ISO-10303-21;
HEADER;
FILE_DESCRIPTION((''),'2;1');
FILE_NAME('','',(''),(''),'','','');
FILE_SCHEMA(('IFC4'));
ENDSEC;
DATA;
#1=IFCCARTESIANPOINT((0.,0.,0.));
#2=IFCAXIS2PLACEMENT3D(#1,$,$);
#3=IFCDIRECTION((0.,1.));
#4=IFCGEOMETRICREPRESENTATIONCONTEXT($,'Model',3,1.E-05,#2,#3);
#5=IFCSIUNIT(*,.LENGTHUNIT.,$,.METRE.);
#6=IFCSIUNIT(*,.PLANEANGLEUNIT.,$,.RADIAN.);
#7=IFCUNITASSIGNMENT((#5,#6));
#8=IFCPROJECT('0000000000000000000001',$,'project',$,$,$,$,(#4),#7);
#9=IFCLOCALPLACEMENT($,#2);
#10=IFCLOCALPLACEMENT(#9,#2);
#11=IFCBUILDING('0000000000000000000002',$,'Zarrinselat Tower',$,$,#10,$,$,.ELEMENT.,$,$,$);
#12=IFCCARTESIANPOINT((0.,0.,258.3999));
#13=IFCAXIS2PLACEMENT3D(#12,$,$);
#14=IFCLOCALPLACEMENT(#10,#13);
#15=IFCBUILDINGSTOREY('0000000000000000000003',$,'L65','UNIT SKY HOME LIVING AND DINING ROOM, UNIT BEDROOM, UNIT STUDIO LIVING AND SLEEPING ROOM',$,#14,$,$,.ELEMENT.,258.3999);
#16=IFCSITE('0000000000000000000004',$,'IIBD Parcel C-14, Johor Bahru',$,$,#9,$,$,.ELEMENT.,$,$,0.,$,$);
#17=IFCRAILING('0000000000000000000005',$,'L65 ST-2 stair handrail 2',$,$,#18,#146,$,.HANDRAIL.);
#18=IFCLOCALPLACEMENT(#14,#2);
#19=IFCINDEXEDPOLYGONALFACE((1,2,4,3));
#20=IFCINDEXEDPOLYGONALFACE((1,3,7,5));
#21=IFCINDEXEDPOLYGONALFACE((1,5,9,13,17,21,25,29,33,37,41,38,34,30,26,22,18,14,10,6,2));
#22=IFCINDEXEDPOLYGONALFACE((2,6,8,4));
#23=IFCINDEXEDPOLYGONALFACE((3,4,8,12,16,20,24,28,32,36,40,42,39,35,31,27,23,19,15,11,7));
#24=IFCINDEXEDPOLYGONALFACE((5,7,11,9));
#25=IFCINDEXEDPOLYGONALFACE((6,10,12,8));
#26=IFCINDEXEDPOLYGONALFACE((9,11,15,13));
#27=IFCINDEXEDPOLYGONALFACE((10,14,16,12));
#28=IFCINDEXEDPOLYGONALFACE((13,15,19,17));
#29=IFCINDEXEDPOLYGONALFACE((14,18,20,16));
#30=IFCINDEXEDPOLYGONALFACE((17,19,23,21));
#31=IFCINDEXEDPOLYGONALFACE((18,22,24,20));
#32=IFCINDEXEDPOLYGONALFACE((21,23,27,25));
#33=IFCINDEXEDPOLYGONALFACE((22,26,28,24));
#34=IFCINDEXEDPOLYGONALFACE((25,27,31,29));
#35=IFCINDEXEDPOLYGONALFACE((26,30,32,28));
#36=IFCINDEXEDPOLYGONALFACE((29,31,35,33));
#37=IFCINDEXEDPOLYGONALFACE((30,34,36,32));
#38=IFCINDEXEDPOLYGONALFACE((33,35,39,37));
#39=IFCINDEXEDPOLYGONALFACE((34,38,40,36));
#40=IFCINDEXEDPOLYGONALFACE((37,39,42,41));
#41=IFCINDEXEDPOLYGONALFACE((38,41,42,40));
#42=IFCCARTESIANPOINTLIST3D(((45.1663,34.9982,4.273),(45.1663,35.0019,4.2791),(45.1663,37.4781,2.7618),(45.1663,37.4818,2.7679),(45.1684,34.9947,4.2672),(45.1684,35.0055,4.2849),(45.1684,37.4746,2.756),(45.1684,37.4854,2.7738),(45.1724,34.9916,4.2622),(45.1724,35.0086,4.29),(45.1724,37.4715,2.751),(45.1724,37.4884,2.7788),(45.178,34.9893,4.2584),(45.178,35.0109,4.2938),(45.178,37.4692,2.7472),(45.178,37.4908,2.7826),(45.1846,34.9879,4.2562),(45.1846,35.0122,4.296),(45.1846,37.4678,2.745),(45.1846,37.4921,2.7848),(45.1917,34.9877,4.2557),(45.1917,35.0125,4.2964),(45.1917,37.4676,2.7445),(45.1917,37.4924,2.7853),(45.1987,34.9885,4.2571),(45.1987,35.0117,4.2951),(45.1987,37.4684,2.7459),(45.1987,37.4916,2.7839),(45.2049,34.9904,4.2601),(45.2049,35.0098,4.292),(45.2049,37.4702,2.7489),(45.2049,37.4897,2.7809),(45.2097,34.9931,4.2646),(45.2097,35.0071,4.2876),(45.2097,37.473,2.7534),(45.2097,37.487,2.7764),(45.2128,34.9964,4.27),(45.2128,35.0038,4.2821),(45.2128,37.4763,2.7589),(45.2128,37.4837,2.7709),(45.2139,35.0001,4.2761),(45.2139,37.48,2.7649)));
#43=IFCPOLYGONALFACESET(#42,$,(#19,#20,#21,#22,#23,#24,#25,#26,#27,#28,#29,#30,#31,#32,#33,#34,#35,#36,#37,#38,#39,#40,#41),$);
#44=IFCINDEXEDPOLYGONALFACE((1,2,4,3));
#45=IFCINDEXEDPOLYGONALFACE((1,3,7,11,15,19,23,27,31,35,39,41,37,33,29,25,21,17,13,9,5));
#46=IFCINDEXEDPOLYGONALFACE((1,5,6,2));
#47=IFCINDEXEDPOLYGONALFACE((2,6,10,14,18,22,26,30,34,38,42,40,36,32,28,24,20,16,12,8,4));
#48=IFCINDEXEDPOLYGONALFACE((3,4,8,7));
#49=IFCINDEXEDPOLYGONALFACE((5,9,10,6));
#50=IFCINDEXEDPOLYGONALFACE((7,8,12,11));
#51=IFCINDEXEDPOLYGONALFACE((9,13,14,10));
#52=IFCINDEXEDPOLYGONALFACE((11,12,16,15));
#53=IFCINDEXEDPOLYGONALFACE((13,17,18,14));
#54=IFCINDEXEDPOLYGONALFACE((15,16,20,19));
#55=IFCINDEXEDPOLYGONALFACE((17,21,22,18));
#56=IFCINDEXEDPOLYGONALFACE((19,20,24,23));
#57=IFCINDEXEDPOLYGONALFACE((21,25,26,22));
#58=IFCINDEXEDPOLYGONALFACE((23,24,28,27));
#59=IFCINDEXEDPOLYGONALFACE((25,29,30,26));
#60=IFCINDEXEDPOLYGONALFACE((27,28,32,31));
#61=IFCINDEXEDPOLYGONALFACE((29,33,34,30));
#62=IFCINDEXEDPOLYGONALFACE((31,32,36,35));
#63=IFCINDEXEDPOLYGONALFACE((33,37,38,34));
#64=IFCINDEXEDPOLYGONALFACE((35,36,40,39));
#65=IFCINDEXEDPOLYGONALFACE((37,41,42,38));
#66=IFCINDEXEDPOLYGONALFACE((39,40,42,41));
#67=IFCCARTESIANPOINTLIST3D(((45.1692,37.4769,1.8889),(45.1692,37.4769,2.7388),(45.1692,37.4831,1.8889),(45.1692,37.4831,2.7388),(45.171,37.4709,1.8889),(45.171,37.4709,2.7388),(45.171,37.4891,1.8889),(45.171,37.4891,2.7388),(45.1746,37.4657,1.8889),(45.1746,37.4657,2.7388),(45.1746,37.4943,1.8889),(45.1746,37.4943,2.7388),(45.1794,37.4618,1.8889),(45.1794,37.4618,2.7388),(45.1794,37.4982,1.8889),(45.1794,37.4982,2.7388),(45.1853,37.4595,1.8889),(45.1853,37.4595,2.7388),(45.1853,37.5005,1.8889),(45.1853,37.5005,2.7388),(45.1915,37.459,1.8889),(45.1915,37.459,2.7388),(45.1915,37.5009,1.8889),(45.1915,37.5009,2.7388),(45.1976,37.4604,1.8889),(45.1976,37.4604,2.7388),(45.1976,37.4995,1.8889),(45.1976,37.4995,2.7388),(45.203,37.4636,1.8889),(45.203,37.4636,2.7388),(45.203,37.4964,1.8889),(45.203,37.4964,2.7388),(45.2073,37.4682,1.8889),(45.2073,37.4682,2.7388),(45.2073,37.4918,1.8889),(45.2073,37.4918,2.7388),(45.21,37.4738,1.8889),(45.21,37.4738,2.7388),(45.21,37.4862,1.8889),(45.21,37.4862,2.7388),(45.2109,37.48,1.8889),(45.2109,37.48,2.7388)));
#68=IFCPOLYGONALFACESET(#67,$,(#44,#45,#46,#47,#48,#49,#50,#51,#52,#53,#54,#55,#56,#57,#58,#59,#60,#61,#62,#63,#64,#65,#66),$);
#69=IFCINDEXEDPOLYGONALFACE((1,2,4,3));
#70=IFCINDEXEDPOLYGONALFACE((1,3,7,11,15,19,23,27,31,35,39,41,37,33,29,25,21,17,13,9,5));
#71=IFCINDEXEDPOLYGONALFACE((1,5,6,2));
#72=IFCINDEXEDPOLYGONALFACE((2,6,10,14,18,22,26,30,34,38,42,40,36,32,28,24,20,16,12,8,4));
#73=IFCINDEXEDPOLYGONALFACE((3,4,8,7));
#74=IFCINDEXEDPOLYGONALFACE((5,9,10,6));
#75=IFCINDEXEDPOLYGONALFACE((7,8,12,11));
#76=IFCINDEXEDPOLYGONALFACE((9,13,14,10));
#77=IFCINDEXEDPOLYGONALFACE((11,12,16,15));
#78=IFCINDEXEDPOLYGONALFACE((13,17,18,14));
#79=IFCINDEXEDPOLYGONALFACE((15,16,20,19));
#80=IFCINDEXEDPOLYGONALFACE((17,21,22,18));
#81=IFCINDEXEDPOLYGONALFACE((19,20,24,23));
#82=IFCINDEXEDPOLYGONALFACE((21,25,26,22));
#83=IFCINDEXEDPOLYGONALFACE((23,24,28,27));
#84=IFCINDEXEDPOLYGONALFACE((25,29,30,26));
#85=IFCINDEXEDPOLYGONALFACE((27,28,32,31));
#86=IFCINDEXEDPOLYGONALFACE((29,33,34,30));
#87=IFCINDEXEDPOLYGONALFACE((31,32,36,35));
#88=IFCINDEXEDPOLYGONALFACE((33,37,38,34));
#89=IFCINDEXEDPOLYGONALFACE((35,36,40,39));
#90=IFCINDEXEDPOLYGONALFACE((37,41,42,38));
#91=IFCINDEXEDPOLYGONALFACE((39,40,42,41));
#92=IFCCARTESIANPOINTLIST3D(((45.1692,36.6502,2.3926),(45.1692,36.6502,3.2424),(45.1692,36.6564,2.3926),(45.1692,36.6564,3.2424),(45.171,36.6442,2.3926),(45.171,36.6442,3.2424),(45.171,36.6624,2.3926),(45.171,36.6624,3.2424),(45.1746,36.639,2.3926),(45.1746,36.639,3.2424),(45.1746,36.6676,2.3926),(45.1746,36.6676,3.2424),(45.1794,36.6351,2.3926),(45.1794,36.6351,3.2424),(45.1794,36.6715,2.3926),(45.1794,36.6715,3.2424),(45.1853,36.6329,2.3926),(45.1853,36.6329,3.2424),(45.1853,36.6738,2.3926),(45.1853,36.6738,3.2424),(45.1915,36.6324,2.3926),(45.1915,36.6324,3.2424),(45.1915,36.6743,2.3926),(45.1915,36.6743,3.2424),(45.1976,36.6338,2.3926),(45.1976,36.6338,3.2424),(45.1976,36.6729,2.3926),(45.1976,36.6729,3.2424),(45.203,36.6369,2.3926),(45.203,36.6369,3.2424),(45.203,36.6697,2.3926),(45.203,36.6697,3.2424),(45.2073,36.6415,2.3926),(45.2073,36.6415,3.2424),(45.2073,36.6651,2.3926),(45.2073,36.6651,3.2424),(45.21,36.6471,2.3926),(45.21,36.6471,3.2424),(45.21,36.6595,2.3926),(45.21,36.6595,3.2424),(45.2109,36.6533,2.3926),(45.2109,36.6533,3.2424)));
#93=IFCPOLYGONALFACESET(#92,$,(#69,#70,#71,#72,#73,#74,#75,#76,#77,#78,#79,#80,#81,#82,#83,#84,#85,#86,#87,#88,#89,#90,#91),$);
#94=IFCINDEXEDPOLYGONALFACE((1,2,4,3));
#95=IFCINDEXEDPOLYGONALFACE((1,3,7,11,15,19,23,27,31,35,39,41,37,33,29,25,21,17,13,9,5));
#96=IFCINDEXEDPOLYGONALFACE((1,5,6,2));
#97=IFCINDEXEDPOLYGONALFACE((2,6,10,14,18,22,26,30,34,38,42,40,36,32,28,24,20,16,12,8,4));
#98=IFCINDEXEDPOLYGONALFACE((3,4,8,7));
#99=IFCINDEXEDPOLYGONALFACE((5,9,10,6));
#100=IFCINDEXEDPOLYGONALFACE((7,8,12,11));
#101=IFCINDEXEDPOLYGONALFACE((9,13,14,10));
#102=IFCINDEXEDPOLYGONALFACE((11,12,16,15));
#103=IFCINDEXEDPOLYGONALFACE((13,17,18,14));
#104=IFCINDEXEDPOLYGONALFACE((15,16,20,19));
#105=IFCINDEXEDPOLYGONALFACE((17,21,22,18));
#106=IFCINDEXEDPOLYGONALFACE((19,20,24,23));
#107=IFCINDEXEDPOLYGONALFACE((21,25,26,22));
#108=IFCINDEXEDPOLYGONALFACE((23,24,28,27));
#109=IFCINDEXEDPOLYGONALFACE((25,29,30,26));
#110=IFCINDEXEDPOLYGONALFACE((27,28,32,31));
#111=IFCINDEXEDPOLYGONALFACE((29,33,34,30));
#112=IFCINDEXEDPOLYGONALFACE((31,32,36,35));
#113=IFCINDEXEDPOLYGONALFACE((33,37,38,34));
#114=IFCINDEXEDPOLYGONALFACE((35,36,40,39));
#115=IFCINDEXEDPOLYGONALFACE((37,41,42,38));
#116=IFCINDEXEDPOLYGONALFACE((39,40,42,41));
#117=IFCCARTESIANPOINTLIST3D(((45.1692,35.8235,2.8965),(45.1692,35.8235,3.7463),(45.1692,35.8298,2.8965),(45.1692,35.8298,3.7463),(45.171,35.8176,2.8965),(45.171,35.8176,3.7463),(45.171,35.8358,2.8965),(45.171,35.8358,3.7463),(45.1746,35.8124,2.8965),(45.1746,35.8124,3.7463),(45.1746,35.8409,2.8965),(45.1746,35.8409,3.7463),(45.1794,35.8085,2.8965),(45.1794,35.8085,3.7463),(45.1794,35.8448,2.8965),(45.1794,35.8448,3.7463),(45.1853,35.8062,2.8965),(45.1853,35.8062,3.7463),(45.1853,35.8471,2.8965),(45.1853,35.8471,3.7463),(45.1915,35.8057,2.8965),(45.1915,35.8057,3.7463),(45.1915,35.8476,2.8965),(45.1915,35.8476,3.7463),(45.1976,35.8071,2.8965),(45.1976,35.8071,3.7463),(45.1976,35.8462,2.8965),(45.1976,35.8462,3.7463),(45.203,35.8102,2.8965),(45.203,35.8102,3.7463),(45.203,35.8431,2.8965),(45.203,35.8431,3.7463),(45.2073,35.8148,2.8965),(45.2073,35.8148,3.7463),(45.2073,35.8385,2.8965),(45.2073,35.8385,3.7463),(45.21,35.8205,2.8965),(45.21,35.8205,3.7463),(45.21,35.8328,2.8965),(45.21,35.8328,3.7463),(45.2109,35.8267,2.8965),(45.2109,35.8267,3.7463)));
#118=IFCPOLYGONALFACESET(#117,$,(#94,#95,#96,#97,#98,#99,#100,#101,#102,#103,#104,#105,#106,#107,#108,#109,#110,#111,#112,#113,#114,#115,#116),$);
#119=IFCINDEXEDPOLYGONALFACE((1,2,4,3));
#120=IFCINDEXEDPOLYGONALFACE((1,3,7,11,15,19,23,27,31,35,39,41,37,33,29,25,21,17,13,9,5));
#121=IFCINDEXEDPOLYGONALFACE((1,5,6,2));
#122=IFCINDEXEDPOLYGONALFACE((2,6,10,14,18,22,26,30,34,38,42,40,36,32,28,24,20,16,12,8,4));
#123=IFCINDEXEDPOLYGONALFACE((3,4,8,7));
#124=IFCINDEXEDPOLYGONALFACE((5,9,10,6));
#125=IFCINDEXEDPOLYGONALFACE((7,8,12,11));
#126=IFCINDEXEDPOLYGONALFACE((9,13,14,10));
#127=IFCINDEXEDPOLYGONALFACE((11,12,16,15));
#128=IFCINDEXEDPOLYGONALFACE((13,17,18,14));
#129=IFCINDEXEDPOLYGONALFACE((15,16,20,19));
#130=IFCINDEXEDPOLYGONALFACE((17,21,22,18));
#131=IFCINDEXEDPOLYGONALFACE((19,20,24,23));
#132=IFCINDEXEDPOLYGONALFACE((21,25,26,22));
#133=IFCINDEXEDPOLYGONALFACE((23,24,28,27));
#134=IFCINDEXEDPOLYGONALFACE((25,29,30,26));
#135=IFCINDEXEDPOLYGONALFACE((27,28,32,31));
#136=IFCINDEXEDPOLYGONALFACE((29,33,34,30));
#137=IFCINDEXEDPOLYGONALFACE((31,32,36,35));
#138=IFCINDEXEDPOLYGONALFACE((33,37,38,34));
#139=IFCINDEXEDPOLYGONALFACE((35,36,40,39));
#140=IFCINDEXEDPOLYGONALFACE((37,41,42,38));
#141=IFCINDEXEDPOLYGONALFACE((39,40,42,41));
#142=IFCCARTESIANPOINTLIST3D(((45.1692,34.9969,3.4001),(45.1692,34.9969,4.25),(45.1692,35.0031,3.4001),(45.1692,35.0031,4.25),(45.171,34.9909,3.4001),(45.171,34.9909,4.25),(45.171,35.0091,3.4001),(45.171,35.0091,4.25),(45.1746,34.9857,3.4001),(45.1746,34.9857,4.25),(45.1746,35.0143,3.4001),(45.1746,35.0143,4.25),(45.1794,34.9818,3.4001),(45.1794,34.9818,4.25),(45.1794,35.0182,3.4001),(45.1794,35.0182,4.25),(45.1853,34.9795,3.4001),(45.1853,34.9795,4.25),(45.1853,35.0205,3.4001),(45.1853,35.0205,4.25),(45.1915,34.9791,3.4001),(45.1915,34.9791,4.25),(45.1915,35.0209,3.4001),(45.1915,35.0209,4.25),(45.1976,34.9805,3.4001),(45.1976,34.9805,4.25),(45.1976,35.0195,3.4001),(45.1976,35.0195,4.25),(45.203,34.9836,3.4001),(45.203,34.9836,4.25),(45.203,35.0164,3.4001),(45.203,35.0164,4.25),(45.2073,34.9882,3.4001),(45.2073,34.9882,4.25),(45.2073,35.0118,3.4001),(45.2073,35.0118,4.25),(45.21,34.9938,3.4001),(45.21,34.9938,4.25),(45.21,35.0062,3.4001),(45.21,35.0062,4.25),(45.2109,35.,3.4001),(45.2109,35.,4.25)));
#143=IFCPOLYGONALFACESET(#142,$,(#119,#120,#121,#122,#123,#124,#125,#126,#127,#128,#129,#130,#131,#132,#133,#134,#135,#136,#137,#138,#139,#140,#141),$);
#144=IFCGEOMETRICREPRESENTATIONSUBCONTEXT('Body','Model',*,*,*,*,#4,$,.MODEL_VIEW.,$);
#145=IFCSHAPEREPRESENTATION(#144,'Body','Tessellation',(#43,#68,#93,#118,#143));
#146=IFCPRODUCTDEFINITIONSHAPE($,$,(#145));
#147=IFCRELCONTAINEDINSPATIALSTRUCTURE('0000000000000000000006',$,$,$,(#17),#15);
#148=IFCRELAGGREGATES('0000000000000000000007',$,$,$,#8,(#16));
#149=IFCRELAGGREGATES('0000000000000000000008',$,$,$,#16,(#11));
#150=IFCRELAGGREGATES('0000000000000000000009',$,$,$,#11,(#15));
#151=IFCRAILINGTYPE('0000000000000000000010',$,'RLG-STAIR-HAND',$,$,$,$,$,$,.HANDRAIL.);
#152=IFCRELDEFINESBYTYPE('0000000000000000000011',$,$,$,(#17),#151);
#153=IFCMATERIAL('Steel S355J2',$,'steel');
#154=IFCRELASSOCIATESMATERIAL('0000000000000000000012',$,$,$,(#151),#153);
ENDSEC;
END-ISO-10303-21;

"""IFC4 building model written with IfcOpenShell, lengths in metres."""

from ifc_helpers import new_model, si_unit, direction, frame, origin, origin_2d, place, context, subcontext, project, spatial, circle, extrude, material, type_object, element, save


model = new_model("IFC4")

# Units and contexts
model_context = context("Model", 3, precision=1e-05, world=origin(), true_north=direction((0.0, 1.0)))
body_context = subcontext(model_context, "Body", "Model", "MODEL_VIEW")
ifc_project = project(units=[si_unit("LENGTHUNIT", "METRE"), si_unit("PLANEANGLEUNIT", "RADIAN")], contexts=[model_context])

# Site, building, storey
site_placement = place(None, origin())
site = spatial("IfcSite", under=ifc_project, at=site_placement, Name="IIBD Parcel C-14, Johor Bahru", CompositionType="ELEMENT", RefElevation=0.0)
building_placement = place(site_placement, origin())
building = spatial("IfcBuilding", under=site, at=building_placement, Name="Zarrinselat Tower", CompositionType="ELEMENT")
storey_placement = place(building_placement, frame((0.0, 0.0, 258.3999)))
storey = spatial("IfcBuildingStorey", under=building, at=storey_placement, Name="L65", Description="UNIT SKY HOME LIVING AND DINING ROOM, UNIT BEDROOM, UNIT STUDIO LIVING AND SLEEPING ROOM", CompositionType="ELEMENT", Elevation=258.3999)

# Railing
ifc_material_1 = material(Name="Steel S355J2", Category="steel")
railing_type_1 = type_object("IfcRailingType", Name="RLG-STAIR-HAND", PredefinedType="HANDRAIL", material=ifc_material_1)
railing_1_placement = place(storey_placement, frame((45.1899, 37.48, 1.8889)))
element("IfcRailing", 1, at=railing_1_placement, inside=storey, type_object=railing_type_1, Name="L65 ST-2 stair handrail 2", PredefinedType="HANDRAIL", context=body_context, shape_type="SweptSolid", body=[
    extrude(circle(Radius=0.0239, at=origin_2d()), frame((0.0, 0.0, 0.876), z_axis=(0.0, -0.853942, 0.520368), x_axis=(1.0, 0.0, 0.0)), (0.0, 0.0, 1.0), 2.9041),
    extrude(circle(Radius=0.021, at=origin_2d()), origin(), (0.0, 0.0, 1.0), 0.8499),
    extrude(circle(Radius=0.021, at=origin_2d()), frame((0.0, -0.8267, 0.5037)), (0.0, 0.0, 1.0), 0.8499),
    extrude(circle(Radius=0.021, at=origin_2d()), frame((0.0, -1.6533, 1.0076)), (0.0, 0.0, 1.0), 0.8499),
    extrude(circle(Radius=0.021, at=origin_2d()), frame((0.0, -2.48, 1.5112)), (0.0, 0.0, 1.0), 0.8499),
])

save(model, "model.ifc")
